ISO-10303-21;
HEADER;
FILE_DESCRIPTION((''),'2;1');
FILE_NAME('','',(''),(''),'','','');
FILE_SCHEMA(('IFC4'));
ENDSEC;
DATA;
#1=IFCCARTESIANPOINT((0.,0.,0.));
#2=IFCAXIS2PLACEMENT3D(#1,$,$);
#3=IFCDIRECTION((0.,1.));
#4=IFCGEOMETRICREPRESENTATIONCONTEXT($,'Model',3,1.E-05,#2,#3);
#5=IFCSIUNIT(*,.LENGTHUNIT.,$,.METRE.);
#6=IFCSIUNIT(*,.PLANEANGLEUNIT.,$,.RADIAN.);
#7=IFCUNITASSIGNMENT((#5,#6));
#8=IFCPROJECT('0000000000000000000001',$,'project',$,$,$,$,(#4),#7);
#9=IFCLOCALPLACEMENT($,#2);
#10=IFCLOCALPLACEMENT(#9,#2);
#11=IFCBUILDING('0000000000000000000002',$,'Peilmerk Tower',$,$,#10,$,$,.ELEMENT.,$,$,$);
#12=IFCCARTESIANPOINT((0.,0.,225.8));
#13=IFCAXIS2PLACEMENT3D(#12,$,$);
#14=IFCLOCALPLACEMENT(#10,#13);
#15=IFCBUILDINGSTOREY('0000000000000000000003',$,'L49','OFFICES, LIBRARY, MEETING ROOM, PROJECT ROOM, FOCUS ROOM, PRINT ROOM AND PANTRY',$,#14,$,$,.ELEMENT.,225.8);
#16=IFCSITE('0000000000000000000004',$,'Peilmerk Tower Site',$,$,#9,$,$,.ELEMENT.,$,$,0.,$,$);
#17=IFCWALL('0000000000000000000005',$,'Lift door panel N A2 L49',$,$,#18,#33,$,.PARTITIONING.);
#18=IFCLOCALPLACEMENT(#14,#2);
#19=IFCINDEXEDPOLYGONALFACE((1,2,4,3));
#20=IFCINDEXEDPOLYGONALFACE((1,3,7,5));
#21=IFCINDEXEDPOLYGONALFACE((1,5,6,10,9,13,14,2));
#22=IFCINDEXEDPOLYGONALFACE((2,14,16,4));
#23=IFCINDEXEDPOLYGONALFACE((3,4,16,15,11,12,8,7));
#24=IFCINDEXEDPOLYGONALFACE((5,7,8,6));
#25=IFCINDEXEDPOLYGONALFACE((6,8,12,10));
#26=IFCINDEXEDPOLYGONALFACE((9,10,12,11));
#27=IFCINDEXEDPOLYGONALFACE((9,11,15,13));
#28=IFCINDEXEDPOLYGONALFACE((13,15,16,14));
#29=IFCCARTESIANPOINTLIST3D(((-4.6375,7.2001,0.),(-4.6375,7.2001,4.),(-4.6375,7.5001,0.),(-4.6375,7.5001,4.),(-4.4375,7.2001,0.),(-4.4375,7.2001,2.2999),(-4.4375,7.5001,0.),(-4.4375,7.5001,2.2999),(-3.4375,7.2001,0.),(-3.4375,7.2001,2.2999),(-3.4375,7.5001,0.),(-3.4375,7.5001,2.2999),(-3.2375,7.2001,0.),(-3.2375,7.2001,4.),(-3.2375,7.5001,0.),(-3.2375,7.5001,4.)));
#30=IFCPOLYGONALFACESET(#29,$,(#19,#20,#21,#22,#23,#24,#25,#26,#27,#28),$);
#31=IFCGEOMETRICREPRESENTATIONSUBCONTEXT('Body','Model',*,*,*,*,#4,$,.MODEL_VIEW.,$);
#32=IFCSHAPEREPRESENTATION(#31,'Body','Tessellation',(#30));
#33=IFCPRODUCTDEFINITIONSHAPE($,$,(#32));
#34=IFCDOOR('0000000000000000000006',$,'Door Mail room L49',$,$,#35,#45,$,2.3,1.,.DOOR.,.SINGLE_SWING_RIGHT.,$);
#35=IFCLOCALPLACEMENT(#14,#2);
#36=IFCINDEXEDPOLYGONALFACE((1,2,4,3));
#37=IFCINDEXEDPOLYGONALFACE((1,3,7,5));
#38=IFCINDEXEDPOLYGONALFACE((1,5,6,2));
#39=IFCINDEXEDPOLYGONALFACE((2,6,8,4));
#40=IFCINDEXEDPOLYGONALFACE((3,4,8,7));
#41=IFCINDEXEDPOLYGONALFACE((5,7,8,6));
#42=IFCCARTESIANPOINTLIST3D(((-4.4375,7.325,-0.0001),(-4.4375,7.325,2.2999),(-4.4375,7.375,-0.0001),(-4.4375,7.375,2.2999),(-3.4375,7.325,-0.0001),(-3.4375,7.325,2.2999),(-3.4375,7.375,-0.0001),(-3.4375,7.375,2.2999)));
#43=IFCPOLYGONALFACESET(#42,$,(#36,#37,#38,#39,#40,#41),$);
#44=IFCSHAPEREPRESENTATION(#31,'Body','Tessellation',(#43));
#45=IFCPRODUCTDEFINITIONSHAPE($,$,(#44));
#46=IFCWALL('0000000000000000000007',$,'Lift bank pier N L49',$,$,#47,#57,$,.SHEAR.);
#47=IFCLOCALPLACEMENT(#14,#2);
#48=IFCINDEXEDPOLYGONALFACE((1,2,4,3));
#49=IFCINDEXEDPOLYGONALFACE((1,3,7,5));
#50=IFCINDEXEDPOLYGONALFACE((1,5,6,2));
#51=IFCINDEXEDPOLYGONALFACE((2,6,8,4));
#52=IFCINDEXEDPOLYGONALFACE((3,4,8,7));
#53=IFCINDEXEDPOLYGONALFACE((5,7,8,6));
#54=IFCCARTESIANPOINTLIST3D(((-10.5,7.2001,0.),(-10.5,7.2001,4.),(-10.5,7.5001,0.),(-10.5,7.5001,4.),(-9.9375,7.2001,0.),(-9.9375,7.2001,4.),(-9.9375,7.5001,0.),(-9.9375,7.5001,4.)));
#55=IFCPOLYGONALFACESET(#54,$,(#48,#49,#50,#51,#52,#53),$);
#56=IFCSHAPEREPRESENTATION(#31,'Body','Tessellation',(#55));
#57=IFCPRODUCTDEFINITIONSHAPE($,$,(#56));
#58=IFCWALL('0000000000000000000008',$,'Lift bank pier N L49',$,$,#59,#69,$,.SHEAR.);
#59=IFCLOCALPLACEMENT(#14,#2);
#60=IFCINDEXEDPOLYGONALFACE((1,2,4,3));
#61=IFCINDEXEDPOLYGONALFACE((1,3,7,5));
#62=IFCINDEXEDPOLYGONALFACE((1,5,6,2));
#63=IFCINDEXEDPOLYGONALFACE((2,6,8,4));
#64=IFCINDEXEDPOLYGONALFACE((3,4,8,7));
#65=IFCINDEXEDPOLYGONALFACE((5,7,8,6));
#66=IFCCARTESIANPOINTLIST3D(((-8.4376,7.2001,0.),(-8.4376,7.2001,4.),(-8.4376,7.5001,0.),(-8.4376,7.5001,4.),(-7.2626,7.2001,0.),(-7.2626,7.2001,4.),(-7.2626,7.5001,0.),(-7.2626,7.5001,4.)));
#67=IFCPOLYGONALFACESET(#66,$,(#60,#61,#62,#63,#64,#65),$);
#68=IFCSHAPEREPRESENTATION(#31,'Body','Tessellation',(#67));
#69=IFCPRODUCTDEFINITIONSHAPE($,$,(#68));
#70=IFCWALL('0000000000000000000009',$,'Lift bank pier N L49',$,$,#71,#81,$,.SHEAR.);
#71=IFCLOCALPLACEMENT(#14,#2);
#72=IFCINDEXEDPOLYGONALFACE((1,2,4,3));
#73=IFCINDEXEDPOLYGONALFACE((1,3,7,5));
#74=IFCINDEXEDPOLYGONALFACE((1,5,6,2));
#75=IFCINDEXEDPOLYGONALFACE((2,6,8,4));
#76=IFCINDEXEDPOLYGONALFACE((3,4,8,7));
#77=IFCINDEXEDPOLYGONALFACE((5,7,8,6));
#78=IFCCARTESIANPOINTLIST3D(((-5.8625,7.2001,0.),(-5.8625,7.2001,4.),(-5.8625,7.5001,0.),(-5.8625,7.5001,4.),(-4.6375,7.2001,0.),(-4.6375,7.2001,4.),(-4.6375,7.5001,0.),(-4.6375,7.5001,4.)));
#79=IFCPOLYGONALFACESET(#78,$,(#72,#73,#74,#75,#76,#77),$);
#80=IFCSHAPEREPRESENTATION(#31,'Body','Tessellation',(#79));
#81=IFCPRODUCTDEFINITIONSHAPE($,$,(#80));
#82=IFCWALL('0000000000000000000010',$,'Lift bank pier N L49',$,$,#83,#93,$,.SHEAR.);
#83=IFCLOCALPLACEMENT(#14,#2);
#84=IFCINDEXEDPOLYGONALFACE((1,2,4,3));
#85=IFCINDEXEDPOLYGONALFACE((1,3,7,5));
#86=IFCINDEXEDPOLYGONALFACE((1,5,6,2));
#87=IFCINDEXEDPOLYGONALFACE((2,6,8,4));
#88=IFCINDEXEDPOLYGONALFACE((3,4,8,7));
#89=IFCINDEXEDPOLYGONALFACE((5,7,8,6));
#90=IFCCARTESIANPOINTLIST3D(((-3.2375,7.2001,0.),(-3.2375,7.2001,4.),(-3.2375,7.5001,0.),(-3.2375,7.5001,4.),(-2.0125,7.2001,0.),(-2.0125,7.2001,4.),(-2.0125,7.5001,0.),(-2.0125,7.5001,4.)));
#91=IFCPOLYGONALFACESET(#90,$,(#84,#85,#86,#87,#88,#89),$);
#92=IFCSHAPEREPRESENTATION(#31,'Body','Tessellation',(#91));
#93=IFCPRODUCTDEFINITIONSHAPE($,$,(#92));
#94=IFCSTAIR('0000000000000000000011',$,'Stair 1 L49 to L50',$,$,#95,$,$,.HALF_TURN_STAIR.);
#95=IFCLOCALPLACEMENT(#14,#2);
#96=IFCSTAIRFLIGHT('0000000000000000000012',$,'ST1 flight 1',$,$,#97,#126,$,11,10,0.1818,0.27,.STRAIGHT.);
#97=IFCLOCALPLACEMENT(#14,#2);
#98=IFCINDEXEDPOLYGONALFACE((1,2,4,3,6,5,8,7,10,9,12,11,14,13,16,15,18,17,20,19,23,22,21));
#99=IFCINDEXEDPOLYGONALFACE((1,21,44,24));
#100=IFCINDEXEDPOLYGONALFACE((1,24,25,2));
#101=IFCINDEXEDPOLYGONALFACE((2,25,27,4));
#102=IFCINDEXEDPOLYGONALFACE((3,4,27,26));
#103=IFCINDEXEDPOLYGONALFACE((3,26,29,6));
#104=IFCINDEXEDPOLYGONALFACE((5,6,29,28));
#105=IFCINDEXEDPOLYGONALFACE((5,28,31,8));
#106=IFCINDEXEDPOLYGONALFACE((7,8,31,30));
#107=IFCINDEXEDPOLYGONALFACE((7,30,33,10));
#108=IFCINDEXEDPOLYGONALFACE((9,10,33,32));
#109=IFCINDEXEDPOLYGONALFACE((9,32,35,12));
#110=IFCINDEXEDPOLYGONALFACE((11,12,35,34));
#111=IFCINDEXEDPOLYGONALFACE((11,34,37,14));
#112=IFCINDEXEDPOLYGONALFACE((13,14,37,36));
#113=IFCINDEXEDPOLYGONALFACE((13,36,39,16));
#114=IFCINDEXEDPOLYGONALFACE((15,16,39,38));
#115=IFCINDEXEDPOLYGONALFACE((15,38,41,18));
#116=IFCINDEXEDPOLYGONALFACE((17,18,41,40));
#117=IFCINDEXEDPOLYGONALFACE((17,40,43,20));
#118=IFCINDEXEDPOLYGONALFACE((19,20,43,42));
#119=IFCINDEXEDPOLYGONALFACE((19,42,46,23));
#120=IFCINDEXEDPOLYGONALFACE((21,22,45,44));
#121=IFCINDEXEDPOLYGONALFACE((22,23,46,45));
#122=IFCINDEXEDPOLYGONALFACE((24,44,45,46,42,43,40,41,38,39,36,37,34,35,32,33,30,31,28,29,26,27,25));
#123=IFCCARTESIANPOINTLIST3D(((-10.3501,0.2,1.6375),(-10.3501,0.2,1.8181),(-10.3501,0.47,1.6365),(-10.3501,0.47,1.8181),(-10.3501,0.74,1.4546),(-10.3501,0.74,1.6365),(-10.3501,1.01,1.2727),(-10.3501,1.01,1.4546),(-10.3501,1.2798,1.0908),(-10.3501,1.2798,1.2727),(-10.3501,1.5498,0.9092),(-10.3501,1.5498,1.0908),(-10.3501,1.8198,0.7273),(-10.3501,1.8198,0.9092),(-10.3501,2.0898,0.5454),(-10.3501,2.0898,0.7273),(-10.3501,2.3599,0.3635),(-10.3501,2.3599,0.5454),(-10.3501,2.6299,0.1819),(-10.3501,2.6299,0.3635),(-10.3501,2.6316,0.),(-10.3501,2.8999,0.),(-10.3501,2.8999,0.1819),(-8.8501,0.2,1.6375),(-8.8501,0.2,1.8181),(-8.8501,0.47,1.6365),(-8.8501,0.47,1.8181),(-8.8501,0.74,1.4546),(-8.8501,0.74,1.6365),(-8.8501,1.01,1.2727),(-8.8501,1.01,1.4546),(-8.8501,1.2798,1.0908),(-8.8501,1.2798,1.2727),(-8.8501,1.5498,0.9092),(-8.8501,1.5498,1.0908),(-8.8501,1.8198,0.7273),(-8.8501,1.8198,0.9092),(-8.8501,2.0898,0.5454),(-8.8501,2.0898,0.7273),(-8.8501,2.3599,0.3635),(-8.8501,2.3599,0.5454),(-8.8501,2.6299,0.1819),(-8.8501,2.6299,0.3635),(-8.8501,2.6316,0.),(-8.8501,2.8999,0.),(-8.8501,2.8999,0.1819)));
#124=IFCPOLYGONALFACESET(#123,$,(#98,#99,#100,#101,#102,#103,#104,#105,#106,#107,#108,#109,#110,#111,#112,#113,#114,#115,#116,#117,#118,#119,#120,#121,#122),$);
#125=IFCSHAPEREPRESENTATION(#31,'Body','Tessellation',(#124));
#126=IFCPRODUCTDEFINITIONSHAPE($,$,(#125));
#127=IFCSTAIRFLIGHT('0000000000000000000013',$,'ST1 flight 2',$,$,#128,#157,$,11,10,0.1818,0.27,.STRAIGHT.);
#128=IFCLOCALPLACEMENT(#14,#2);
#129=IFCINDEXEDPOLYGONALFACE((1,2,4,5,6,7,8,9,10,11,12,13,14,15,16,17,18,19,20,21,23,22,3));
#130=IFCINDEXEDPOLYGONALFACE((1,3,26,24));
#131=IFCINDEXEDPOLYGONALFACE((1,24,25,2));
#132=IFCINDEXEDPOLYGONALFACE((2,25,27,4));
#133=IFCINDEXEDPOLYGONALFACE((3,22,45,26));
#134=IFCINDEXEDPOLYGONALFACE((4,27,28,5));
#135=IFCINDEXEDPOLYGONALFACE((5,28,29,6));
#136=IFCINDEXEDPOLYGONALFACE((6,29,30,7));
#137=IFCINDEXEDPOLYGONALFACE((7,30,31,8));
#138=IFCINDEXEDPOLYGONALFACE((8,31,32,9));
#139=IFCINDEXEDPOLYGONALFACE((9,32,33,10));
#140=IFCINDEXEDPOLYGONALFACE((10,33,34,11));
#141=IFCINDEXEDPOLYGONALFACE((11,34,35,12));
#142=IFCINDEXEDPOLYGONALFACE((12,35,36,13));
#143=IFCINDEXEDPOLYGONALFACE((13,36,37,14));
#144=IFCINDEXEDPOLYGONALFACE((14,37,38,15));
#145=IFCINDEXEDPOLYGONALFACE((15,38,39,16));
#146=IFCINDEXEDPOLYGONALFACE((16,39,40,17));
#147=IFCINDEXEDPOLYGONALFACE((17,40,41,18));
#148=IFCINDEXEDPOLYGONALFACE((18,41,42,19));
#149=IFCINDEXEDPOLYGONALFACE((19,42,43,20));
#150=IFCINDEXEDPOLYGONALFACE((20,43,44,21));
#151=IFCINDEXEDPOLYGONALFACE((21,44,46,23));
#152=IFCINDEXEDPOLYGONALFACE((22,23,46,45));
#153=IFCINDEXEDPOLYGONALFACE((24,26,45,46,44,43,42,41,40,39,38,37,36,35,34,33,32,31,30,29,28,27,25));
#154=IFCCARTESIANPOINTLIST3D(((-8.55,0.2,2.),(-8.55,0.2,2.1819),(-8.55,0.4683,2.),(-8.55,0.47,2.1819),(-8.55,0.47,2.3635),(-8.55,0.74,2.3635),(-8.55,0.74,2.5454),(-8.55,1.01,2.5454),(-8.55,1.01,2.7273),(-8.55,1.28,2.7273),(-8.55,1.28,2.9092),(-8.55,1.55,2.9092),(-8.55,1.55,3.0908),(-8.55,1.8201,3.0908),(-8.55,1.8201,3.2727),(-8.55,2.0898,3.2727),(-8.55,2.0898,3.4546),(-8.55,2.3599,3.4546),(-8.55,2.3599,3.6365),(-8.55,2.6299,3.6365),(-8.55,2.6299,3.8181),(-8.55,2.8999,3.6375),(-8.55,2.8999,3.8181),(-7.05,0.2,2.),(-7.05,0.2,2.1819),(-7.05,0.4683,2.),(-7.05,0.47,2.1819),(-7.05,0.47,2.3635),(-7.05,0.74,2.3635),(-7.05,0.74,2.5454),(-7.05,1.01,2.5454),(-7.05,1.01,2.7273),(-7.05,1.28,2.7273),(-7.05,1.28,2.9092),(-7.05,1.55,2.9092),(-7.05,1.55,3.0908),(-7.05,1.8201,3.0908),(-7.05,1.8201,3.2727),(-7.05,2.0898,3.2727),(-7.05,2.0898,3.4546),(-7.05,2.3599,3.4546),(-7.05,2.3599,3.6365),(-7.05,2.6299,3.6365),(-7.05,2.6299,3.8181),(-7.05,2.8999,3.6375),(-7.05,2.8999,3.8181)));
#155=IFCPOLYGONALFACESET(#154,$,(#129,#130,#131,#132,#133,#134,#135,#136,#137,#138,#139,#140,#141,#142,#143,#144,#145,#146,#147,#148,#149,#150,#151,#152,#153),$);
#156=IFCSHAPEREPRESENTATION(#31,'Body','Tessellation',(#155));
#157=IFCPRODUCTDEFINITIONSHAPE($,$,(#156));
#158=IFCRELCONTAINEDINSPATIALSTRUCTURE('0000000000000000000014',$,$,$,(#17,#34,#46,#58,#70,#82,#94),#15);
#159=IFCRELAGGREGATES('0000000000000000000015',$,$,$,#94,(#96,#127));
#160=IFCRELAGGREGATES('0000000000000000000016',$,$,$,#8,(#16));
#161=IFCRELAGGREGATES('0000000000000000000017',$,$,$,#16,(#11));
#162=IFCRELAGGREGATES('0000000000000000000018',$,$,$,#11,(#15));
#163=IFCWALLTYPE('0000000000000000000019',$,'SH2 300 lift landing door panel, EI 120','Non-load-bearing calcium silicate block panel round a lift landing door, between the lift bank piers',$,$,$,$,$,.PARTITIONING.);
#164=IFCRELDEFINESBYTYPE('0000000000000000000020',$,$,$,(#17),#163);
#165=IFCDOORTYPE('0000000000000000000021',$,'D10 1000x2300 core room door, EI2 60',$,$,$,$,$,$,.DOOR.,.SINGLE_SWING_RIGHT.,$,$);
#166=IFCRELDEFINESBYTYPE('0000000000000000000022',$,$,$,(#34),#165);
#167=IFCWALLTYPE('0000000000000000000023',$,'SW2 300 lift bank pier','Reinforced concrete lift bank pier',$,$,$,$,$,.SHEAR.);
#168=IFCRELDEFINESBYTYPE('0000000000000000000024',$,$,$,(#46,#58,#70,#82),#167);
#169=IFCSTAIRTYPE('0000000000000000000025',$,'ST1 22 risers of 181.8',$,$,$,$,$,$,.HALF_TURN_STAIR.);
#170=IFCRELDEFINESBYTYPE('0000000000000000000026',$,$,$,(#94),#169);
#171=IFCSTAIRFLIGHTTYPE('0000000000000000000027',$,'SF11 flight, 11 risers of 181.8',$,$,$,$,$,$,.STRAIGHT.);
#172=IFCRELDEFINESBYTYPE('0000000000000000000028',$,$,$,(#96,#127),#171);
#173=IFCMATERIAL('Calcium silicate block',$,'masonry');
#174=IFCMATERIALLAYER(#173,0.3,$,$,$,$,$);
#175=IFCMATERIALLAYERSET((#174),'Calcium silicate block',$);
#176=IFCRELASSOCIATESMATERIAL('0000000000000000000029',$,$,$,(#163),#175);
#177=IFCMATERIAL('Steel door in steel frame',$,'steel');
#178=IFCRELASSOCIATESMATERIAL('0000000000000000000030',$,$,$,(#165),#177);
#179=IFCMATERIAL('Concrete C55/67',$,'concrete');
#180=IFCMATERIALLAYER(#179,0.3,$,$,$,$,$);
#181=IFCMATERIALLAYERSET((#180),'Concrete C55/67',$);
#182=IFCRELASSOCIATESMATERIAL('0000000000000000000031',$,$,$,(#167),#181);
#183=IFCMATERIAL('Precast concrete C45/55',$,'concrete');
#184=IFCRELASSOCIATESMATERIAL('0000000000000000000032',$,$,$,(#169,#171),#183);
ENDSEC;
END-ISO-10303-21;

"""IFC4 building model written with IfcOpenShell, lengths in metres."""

from ifc_helpers import new_model, si_unit, direction, frame, frame_2d, origin, place, context, subcontext, project, spatial, polyline, rectangle, outline, extrude, material, layer, layer_set, type_object, element, fill, aggregate, save


model = new_model("IFC4")

# Units and contexts
model_context = context("Model", 3, precision=1e-05, world=origin(), true_north=direction((0.0, 1.0)))
body_context = subcontext(model_context, "Body", "Model", "MODEL_VIEW")
ifc_project = project(units=[si_unit("LENGTHUNIT", "METRE"), si_unit("PLANEANGLEUNIT", "RADIAN")], contexts=[model_context])

# Site, building, storey
site_placement = place(None, origin())
site = spatial("IfcSite", under=ifc_project, at=site_placement, Name="Peilmerk Tower Site", CompositionType="ELEMENT", RefElevation=0.0)
building_placement = place(site_placement, origin())
building = spatial("IfcBuilding", under=site, at=building_placement, Name="Peilmerk Tower", CompositionType="ELEMENT")
storey_placement = place(building_placement, frame((0.0, 0.0, 225.8)))
storey = spatial("IfcBuildingStorey", under=building, at=storey_placement, Name="L49", Description="OFFICES, LIBRARY, MEETING ROOM, PROJECT ROOM, FOCUS ROOM, PRINT ROOM AND PANTRY", CompositionType="ELEMENT", Elevation=225.8)

# Shared definitions
ifc_material_1 = material(Name="Concrete C55/67", Category="concrete")

# Shared definitions
ifc_material_2 = material(Name="Steel door in steel frame", Category="steel")

# Shared definitions
ifc_material_3 = material(Name="Calcium silicate block", Category="masonry")
ifc_layer_1 = layer(ifc_material_3, 0.3)
ifc_layer_set_1 = layer_set([ifc_layer_1], Name="Calcium silicate block")
wall_type_1 = type_object("IfcWallType", Name="SH2 300 lift landing door panel, EI 120", Description="Non-load-bearing calcium silicate block panel round a lift landing door, between the lift bank piers", PredefinedType="PARTITIONING", material=ifc_layer_set_1)

# Wall, opening, door
wall_1_placement = place(storey_placement, frame((-4.6375, 7.3501, 0.0), z_axis=(0.0, 0.0, 1.0), x_axis=(1.0, 0.0, 0.0)))
wall_1 = element("IfcWall", 1, at=wall_1_placement, inside=storey, type_object=wall_type_1, Name="Lift door panel N A2 L49", PredefinedType="PARTITIONING", context=body_context, shape_type="SweptSolid", body=[
    extrude(rectangle(XDim=1.3999, YDim=0.3, at=frame_2d((0.7, 0.0))), origin(), (0.0, 0.0, 1.0), 4.0),
])
opening_1_placement = place(wall_1_placement, frame((0.2, 0.0, 0.0)))
opening_1 = element("IfcOpeningElement", 2, at=opening_1_placement, cuts=wall_1, PredefinedType="OPENING", context=body_context, shape_type="SweptSolid", body=[
    extrude(rectangle(XDim=1.0, YDim=2.3, at=frame_2d((0.5, 1.1499))), frame((0.0, 0.1599, 0.0), z_axis=(0.0, -1.0, 0.0), x_axis=(1.0, 0.0, 0.0)), (0.0, 0.0, 1.0), 0.3201),
])
door_type_1 = type_object("IfcDoorType", Name="D10 1000x2300 core room door, EI2 60", OperationType="SINGLE_SWING_RIGHT", PredefinedType="DOOR", material=ifc_material_2)
door_1_placement = place(opening_1_placement, origin())
door_1 = element("IfcDoor", 3, at=door_1_placement, inside=storey, type_object=door_type_1, Name="Door Mail room L49", OperationType="SINGLE_SWING_RIGHT", OverallHeight=2.3, OverallWidth=1.0, PredefinedType="DOOR", context=body_context, shape_type="SweptSolid", body=[
    extrude(rectangle(XDim=1.0, YDim=2.3, at=frame_2d((0.5, 1.1499))), frame((0.0, 0.0249, 0.0), z_axis=(0.0, -1.0, 0.0), x_axis=(1.0, 0.0, 0.0)), (0.0, 0.0, 1.0), 0.05),
])
fill(opening_1, door_1)

# Walls
ifc_layer_2 = layer(ifc_material_1, 0.3)
ifc_layer_set_2 = layer_set([ifc_layer_2], Name="Concrete C55/67")
wall_type_2 = type_object("IfcWallType", Name="SW2 300 lift bank pier", Description="Reinforced concrete lift bank pier", PredefinedType="SHEAR", material=ifc_layer_set_2)
wall_2_placement = place(storey_placement, frame((-10.5, 7.3501, 0.0), z_axis=(0.0, 0.0, 1.0), x_axis=(1.0, 0.0, 0.0)))
element("IfcWall", 4, at=wall_2_placement, inside=storey, type_object=wall_type_2, Name="Lift bank pier N L49", PredefinedType="SHEAR", context=body_context, shape_type="SweptSolid", body=[
    extrude(rectangle(XDim=0.5625, YDim=0.3, at=frame_2d((0.2812, 0.0))), origin(), (0.0, 0.0, 1.0), 4.0),
])
wall_3_placement = place(storey_placement, frame((-8.4375, 7.3501, 0.0), z_axis=(0.0, 0.0, 1.0), x_axis=(1.0, 0.0, 0.0)))
element("IfcWall", 5, at=wall_3_placement, inside=storey, type_object=wall_type_2, Name="Lift bank pier N L49", PredefinedType="SHEAR", context=body_context, shape_type="SweptSolid", body=[
    extrude(rectangle(XDim=1.175, YDim=0.3, at=frame_2d((0.5874, 0.0))), origin(), (0.0, 0.0, 1.0), 4.0),
])
for number, where, z_axis, x_axis, name in (
    (6, (-5.8625, 7.3501, 0.0), (0.0, 0.0, 1.0), (1.0, 0.0, 0.0), "Lift bank pier N L49"),
    (7, (-3.2375, 7.3501, 0.0), (0.0, 0.0, 1.0), (1.0, 0.0, 0.0), "Lift bank pier N L49"),
):
    element("IfcWall", number, at=place(storey_placement, frame(where, z_axis=z_axis, x_axis=x_axis)), inside=storey, type_object=wall_type_2, Name=name, PredefinedType="SHEAR", context=body_context, shape_type="SweptSolid", body=[
        extrude(rectangle(XDim=1.2251, YDim=0.3, at=frame_2d((0.6125, 0.0))), origin(), (0.0, 0.0, 1.0), 4.0),
    ])

# Stair, stair flights
ifc_material_4 = material(Name="Precast concrete C45/55", Category="concrete")
stair_type = type_object("IfcStairType", Name="ST1 22 risers of 181.8", PredefinedType="HALF_TURN_STAIR", material=ifc_material_4)
stair_placement = place(storey_placement, origin())
stair = element("IfcStair", 8, at=stair_placement, inside=storey, type_object=stair_type, Name="Stair 1 L49 to L50", PredefinedType="HALF_TURN_STAIR")
stair_flight_type = type_object("IfcStairFlightType", Name="SF11 flight, 11 risers of 181.8", PredefinedType="STRAIGHT", material=ifc_material_4)
stair_flight_1_placement = place(storey_placement, frame((-9.6001, 2.8999, 0.0), z_axis=(0.0, 0.0, 1.0), x_axis=(0.0, -1.0, 0.0)))
stair_flight_1 = element("IfcStairFlight", 9, at=stair_flight_1_placement, type_object=stair_flight_type, Name="ST1 flight 1", NumberOfRisers=11, NumberOfTreads=10, PredefinedType="STRAIGHT", RiserHeight=0.1818, TreadLength=0.27, context=body_context, shape_type="SweptSolid", body=[
    extrude(outline(polyline([(0.0, 0.0), (0.0, 0.1819), (0.27, 0.1819), (0.27, 0.3635), (0.54, 0.3635), (0.54, 0.5454), (0.8101, 0.5454), (0.8101, 0.7273), (1.0801, 0.7273), (1.0801, 0.9092), (1.3501, 0.9092), (1.3501, 1.0908), (1.6201, 1.0908), (1.6201, 1.2727), (1.8899, 1.2727), (1.8899, 1.4546), (2.1599, 1.4546), (2.1599, 1.6365), (2.4299, 1.6365), (2.4299, 1.8181), (2.7, 1.8181), (2.7, 2.0), (2.7, 1.6375), (0.2683, 0.0), (0.0, 0.0)])), frame((0.0, 0.75, 0.0), z_axis=(0.0, -1.0, 0.0), x_axis=(1.0, 0.0, 0.0)), (0.0, 0.0, 1.0), 1.5),
])
stair_flight_2_placement = place(storey_placement, frame((-7.8, 0.2, 2.0), z_axis=(0.0, 0.0, 1.0), x_axis=(0.0, 1.0, 0.0)))
stair_flight_2 = element("IfcStairFlight", 10, at=stair_flight_2_placement, type_object=stair_flight_type, Name="ST1 flight 2", NumberOfRisers=11, NumberOfTreads=10, PredefinedType="STRAIGHT", RiserHeight=0.1818, TreadLength=0.27, context=body_context, shape_type="SweptSolid", body=[
    extrude(outline(polyline([(0.0, 0.0), (0.0, 0.1819), (0.27, 0.1819), (0.27, 0.3635), (0.54, 0.3635), (0.54, 0.5454), (0.8101, 0.5454), (0.8101, 0.7273), (1.0801, 0.7273), (1.0801, 0.9092), (1.3501, 0.9092), (1.3501, 1.0908), (1.6201, 1.0908), (1.6201, 1.2727), (1.8899, 1.2727), (1.8899, 1.4546), (2.1599, 1.4546), (2.1599, 1.6365), (2.4299, 1.6365), (2.4299, 1.8181), (2.7, 1.8181), (2.7, 2.0), (2.7, 1.6375), (0.2683, 0.0), (0.0, 0.0)])), frame((0.0, 0.75, 0.0), z_axis=(0.0, -1.0, 0.0), x_axis=(1.0, 0.0, 0.0)), (0.0, 0.0, 1.0), 1.5),
])
aggregate(stair, [stair_flight_1, stair_flight_2])

save(model, "model.ifc")
